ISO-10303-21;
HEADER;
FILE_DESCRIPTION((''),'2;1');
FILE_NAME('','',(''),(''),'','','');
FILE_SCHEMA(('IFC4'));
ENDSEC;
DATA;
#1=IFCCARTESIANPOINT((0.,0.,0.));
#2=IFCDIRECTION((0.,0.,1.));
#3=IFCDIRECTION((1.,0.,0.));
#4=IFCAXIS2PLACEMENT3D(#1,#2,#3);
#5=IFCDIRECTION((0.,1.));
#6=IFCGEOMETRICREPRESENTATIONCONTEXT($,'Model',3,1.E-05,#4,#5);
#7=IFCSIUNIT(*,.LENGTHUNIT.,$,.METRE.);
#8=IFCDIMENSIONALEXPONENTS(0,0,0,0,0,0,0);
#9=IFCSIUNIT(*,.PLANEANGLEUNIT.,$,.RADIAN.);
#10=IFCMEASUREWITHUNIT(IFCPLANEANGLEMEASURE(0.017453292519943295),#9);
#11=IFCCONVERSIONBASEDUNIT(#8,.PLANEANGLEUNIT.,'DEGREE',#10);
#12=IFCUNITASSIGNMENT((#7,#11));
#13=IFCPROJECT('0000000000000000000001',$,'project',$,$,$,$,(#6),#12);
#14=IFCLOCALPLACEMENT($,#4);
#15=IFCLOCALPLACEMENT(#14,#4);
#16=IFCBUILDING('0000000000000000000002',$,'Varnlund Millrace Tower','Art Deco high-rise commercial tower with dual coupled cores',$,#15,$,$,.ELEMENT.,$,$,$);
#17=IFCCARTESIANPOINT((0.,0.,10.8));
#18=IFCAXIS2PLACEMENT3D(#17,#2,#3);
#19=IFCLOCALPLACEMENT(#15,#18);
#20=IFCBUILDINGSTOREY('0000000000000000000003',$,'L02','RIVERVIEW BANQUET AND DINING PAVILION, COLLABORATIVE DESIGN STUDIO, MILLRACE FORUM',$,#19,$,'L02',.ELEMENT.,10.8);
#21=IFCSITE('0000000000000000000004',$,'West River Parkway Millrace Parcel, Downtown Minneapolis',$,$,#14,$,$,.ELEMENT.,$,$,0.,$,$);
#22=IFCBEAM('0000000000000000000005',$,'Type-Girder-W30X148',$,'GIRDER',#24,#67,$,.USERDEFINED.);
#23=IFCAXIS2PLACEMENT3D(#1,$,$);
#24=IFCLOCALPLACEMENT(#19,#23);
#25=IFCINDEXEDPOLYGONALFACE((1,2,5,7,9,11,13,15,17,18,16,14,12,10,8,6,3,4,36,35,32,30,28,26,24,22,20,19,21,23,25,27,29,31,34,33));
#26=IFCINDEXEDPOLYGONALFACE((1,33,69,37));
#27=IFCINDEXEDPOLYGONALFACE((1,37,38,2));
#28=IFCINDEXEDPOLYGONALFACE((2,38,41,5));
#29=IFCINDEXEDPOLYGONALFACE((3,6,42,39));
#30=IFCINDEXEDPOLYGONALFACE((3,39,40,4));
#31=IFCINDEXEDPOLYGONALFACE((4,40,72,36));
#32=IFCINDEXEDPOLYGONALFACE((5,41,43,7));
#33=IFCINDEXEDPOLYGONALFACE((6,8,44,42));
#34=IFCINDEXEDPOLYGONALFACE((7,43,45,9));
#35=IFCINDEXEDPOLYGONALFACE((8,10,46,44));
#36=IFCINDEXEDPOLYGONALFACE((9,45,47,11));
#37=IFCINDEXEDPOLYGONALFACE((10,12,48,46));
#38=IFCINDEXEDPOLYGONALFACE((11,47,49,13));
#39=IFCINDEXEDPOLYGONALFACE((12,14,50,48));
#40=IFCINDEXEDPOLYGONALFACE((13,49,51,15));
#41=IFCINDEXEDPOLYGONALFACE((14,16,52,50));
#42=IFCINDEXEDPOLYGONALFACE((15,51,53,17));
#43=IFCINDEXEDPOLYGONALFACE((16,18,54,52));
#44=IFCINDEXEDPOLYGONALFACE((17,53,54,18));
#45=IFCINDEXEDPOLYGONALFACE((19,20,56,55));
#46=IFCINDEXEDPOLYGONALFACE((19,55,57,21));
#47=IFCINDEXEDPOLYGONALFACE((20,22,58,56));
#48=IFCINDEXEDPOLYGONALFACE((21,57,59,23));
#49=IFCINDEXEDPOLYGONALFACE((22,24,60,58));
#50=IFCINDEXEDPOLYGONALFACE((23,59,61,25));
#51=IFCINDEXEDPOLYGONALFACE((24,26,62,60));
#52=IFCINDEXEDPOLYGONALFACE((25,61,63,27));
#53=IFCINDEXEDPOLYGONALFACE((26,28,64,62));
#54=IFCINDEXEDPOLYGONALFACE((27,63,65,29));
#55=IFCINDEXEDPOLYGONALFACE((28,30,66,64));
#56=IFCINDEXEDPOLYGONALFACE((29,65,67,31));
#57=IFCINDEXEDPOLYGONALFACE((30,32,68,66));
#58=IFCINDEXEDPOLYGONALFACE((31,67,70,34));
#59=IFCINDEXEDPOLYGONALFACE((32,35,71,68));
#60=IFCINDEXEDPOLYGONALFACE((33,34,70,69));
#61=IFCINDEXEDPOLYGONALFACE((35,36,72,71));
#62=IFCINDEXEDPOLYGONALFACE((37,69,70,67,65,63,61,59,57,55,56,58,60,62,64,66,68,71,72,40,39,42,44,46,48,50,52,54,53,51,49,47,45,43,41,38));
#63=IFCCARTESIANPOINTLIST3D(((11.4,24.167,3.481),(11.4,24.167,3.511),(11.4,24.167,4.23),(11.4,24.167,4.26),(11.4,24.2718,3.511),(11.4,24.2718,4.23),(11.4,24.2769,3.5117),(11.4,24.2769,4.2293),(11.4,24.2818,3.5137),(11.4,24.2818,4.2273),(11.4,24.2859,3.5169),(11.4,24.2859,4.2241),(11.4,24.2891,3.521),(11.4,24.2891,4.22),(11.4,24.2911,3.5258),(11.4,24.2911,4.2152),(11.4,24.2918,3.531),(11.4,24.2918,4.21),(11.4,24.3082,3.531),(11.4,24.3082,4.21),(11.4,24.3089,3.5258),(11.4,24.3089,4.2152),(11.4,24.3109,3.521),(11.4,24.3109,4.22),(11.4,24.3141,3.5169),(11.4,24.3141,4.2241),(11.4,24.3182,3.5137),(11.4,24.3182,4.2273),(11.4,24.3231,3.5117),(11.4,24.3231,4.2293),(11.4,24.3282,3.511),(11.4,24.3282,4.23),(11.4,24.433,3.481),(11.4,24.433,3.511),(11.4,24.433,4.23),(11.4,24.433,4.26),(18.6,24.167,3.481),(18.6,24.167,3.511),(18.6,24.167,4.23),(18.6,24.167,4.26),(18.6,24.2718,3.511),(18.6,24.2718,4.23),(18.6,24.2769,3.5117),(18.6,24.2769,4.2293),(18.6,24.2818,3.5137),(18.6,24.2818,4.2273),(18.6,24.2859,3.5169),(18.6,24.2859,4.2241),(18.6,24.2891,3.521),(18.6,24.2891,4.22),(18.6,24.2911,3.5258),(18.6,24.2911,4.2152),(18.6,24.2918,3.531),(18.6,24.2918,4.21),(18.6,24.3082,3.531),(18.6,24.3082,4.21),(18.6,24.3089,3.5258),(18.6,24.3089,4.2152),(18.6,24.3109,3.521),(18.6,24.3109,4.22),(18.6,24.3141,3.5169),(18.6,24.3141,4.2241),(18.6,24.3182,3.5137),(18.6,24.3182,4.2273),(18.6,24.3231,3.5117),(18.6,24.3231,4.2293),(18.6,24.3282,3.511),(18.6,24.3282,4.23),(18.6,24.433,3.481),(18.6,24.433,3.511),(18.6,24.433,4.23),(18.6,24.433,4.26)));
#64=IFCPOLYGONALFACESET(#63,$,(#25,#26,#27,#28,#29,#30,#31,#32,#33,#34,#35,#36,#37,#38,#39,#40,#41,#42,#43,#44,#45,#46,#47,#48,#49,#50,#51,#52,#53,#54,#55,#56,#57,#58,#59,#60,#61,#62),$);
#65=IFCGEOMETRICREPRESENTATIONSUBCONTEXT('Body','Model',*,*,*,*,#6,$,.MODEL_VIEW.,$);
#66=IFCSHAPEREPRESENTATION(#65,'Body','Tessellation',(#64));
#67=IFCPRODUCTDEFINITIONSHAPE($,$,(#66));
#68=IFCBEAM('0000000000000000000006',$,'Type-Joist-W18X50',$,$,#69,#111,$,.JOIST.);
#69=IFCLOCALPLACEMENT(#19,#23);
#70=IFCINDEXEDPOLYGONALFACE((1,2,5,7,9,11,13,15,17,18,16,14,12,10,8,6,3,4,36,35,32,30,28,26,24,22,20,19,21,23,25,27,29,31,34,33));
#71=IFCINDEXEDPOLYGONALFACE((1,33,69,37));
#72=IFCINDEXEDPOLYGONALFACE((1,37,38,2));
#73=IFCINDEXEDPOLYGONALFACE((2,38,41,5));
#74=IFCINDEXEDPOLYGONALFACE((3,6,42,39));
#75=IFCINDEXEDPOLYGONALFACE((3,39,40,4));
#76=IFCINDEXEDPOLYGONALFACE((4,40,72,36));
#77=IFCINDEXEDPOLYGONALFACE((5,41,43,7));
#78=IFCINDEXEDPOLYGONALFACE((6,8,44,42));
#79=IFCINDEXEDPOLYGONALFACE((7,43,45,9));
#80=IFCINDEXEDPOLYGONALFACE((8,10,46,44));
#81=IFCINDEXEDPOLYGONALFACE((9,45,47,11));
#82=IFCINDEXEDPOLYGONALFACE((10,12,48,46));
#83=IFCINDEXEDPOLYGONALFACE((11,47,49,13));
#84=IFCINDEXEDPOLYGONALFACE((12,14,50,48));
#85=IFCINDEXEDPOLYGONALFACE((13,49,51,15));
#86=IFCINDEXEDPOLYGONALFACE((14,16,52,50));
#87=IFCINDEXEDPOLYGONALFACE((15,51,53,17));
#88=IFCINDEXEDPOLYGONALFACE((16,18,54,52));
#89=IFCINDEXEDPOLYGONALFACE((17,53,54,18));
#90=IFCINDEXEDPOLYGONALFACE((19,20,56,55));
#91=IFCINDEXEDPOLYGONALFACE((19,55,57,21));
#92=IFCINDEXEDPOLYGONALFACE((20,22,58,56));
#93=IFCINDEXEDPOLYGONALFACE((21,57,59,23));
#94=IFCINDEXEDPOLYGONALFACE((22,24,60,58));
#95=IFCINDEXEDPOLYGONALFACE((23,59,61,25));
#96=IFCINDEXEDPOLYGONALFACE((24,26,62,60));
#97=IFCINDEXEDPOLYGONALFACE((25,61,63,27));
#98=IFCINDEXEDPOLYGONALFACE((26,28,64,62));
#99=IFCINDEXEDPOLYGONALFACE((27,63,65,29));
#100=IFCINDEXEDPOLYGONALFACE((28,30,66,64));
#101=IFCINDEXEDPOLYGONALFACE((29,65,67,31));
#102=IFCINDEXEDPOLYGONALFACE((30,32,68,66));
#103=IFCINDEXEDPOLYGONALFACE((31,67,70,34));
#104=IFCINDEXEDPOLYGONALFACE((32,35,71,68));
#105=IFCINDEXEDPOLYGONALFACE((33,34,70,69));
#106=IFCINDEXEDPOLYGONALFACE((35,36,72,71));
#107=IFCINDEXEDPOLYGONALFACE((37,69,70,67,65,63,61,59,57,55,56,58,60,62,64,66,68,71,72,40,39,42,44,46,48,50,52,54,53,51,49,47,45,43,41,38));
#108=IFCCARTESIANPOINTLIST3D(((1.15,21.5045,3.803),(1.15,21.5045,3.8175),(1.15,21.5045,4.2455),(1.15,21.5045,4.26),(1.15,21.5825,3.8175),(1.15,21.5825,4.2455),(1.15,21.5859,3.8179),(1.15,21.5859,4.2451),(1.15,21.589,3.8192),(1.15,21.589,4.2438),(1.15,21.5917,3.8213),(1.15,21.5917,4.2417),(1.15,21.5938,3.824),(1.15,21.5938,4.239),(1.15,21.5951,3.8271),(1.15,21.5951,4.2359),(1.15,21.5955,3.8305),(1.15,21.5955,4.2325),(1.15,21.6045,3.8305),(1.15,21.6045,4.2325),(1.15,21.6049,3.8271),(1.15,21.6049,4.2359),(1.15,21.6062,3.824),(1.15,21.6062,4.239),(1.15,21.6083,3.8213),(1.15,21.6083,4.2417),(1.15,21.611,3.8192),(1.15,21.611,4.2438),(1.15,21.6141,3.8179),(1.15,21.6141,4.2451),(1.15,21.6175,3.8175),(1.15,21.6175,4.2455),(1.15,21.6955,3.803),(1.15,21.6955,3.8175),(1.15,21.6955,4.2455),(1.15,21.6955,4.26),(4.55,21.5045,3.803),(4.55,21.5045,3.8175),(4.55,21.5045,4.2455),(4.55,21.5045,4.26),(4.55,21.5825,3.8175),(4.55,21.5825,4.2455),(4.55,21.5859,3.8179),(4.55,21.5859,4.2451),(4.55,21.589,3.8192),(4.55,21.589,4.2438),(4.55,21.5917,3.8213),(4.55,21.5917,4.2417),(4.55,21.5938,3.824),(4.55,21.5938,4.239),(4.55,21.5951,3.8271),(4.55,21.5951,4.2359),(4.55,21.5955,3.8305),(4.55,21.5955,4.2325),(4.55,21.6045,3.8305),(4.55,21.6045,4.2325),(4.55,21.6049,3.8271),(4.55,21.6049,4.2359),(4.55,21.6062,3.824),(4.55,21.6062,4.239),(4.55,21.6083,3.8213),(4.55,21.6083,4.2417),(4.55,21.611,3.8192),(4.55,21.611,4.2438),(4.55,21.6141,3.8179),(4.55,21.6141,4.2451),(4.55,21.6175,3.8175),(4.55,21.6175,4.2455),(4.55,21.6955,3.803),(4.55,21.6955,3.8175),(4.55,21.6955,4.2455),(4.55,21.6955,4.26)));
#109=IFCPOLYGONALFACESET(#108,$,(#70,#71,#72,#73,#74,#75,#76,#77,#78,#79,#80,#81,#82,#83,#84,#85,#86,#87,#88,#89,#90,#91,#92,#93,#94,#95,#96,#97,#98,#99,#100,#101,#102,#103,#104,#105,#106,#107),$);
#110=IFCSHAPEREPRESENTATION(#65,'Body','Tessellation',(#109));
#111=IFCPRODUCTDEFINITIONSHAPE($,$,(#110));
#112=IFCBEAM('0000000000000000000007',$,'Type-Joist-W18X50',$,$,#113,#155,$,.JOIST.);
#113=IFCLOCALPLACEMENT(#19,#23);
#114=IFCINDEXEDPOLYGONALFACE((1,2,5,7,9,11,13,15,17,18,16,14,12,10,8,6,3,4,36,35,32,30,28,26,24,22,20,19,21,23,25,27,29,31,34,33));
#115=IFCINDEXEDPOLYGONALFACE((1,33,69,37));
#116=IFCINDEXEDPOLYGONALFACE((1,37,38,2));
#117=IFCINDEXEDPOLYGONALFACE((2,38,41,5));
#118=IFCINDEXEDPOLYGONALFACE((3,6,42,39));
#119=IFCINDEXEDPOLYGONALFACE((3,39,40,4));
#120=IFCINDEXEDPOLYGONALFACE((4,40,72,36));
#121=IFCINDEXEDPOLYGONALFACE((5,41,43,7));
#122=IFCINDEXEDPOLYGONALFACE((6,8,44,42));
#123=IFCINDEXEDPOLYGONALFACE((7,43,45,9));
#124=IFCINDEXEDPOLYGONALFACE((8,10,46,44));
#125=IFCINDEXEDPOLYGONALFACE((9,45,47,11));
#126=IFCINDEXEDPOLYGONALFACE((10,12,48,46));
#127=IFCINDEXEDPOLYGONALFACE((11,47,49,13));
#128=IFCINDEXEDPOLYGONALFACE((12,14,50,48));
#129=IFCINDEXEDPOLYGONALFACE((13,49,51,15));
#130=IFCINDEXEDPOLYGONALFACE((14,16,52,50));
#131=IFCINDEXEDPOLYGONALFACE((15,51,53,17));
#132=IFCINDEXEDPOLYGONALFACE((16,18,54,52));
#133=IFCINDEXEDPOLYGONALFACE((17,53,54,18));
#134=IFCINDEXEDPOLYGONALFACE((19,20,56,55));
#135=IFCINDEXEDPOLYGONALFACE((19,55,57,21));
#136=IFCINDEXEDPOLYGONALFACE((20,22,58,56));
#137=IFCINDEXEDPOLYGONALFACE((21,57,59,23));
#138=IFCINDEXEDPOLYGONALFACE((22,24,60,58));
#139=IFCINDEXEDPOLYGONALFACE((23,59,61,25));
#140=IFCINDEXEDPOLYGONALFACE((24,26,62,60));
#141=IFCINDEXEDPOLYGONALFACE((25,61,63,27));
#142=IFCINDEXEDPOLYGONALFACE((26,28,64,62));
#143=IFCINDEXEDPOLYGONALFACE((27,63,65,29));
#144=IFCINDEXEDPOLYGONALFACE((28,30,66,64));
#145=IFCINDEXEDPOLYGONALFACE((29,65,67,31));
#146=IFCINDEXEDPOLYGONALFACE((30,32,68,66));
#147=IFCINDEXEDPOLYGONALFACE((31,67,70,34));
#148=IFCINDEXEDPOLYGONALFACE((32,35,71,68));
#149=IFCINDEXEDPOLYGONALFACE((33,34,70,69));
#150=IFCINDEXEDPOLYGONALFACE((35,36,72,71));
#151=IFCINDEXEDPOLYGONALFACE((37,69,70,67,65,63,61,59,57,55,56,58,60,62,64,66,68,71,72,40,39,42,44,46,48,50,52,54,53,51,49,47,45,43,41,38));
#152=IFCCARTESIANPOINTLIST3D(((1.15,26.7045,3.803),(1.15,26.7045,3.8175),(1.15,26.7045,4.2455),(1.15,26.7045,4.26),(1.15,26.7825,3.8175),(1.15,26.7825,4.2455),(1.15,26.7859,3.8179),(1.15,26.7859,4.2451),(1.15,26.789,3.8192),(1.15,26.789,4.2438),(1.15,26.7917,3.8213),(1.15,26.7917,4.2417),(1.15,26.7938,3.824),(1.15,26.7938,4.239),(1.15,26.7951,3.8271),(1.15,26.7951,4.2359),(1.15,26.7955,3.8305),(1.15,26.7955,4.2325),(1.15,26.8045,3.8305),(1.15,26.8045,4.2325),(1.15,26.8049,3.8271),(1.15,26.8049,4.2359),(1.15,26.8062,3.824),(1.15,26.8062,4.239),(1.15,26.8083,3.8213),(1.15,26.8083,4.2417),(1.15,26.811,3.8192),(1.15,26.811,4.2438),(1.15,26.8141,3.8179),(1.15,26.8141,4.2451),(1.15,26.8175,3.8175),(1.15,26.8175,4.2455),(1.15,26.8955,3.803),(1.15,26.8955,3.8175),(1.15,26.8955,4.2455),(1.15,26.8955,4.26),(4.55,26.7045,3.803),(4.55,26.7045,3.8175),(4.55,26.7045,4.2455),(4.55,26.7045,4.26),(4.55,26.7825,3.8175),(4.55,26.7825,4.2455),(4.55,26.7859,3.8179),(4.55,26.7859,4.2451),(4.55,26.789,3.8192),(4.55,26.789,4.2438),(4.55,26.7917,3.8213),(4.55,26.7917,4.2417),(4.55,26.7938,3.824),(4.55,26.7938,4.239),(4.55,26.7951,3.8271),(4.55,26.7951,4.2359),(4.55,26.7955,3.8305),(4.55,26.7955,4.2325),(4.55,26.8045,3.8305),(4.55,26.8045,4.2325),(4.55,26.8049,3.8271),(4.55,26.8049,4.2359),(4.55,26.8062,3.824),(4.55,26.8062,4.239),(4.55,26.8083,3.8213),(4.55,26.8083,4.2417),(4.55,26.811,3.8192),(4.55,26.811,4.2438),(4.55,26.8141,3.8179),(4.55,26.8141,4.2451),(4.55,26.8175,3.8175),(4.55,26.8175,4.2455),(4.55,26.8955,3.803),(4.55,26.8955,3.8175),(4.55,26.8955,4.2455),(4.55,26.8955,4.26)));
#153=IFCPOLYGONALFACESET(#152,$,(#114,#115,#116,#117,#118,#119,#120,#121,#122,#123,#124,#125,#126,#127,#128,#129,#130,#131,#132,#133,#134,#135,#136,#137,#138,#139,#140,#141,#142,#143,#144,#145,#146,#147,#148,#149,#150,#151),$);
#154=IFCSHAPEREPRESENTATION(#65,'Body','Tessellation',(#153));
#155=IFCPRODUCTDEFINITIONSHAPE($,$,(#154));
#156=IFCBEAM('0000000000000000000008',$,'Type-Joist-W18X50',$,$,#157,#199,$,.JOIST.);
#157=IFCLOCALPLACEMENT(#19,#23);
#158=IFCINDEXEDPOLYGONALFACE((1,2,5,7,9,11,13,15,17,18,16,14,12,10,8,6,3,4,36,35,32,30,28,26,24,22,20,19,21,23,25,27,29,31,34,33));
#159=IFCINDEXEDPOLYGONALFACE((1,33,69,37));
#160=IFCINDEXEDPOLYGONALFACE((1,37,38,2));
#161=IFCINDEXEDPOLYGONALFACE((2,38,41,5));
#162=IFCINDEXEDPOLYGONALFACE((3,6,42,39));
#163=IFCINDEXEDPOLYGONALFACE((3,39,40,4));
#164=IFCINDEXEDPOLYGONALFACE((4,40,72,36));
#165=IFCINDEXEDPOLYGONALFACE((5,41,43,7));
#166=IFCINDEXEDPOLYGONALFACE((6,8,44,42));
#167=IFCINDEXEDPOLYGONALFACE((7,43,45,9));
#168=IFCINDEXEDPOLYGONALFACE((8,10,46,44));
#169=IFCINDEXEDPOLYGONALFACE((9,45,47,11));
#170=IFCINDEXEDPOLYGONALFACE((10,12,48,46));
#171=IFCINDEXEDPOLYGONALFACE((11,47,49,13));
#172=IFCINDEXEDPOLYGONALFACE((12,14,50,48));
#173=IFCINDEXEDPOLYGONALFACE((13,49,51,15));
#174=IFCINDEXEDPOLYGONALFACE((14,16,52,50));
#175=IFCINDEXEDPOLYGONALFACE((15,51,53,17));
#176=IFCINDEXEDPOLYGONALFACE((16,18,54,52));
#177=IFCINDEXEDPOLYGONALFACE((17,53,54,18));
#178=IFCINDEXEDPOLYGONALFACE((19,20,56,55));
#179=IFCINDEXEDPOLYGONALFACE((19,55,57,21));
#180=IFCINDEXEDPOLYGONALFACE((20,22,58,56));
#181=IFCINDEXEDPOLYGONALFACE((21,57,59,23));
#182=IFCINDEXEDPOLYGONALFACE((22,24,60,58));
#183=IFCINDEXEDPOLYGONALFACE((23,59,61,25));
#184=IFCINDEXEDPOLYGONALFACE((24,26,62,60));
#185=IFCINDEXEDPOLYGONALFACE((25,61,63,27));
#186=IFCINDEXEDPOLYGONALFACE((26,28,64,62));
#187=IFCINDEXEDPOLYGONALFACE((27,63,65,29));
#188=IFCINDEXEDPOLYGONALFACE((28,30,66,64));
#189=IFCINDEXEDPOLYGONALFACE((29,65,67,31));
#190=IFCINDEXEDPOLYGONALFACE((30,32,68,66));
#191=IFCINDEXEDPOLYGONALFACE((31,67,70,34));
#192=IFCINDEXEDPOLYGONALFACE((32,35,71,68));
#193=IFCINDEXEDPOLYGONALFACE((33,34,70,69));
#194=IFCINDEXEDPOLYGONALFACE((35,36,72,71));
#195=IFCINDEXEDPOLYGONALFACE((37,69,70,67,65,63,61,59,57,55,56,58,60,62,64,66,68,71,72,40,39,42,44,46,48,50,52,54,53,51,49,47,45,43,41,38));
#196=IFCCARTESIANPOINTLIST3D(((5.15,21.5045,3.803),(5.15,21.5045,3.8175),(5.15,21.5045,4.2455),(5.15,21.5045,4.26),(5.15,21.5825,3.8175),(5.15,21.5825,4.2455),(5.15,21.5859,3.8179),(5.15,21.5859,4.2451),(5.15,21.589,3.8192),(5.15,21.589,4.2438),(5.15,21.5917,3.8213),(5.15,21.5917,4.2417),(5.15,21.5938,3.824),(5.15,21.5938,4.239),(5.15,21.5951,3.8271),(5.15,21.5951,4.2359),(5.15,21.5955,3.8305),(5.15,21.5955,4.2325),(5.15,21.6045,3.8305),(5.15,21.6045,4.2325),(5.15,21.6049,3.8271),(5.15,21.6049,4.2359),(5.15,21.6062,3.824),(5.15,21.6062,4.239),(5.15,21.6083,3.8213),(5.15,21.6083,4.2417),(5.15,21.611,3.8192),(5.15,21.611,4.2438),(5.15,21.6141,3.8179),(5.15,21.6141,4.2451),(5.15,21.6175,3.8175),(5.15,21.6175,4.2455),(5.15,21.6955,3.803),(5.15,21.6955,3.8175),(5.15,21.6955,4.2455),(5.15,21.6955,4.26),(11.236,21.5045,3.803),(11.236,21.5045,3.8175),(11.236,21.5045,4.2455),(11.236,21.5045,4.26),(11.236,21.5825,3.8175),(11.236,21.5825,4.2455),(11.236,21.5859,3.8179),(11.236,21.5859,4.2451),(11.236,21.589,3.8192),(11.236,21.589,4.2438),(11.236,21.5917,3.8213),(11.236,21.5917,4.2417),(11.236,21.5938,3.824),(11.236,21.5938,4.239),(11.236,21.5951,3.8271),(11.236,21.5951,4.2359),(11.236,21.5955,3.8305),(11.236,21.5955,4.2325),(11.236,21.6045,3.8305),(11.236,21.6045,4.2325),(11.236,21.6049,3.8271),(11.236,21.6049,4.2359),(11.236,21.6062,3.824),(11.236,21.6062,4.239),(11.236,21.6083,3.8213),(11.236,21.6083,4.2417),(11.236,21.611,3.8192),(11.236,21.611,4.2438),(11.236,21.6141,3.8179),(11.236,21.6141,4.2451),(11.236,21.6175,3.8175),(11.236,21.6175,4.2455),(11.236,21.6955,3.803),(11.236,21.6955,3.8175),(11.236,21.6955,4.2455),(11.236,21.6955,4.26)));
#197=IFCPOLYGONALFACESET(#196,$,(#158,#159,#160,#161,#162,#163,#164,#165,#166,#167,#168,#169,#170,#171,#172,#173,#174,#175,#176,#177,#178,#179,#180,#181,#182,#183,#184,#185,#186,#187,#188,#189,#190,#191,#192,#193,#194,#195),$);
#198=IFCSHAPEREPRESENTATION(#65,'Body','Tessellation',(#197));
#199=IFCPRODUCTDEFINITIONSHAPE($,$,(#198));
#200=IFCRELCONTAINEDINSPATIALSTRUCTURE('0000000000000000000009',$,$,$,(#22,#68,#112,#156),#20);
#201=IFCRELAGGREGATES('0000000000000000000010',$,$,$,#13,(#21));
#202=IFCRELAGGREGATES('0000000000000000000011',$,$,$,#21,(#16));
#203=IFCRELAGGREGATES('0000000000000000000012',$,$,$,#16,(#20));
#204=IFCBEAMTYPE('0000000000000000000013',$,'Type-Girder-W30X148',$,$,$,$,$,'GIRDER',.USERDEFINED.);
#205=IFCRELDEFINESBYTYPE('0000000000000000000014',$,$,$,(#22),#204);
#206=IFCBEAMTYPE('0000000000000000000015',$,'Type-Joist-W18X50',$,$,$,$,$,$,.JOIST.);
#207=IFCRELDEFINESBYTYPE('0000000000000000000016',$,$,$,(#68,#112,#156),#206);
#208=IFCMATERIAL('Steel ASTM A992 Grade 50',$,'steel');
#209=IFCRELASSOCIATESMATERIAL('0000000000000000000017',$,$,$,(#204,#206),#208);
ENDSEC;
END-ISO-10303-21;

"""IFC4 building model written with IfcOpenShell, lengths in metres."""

from ifc_helpers import new_model, entity, si_unit, converted_unit, direction, frame, origin_with_axes, origin_2d_with_axis, place, context, subcontext, project, spatial, i_section, extrude, material, material_profile, profile_set, type_object, element, save


model = new_model("IFC4")

# Units and contexts
model_context = context("Model", 3, precision=1e-05, world=origin_with_axes(), true_north=direction((0.0, 1.0)))
body_context = subcontext(model_context, "Body", "Model", "MODEL_VIEW")
ifc_project = project(units=[si_unit("LENGTHUNIT", "METRE"), converted_unit("PLANEANGLEUNIT", "DEGREE", entity("IfcPlaneAngleMeasure", 0.017453292519943295), si_unit("PLANEANGLEUNIT", "RADIAN"), dimensions=[0, 0, 0, 0, 0, 0, 0])], contexts=[model_context])

# Site, building, storey
site_placement = place(None, origin_with_axes())
site = spatial("IfcSite", under=ifc_project, at=site_placement, Name="West River Parkway Millrace Parcel, Downtown Minneapolis", CompositionType="ELEMENT", RefElevation=0.0)
building_placement = place(site_placement, origin_with_axes())
building = spatial("IfcBuilding", under=site, at=building_placement, Name="Varnlund Millrace Tower", Description="Art Deco high-rise commercial tower with dual coupled cores", CompositionType="ELEMENT")
storey_placement = place(building_placement, frame((0.0, 0.0, 10.8), z_axis=(0.0, 0.0, 1.0), x_axis=(1.0, 0.0, 0.0)))
storey = spatial("IfcBuildingStorey", under=building, at=storey_placement, Name="L02", Description="RIVERVIEW BANQUET AND DINING PAVILION, COLLABORATIVE DESIGN STUDIO, MILLRACE FORUM", LongName="L02", CompositionType="ELEMENT", Elevation=10.8)

# Beams
ifc_material_1 = material(Name="Steel ASTM A992 Grade 50", Category="steel")
ifc_material_profile_1 = material_profile(ifc_material_1, i_section(OverallWidth=0.266, OverallDepth=0.779, WebThickness=0.0165, FlangeThickness=0.03, FilletRadius=0.02, at=origin_2d_with_axis()), Name="Steel ASTM A992 Grade 50")
ifc_profile_set_1 = profile_set([ifc_material_profile_1], Name="Steel ASTM A992 Grade 50")
beam_type_1 = type_object("IfcBeamType", Name="Type-Girder-W30X148", ElementType="GIRDER", PredefinedType="USERDEFINED", material=ifc_profile_set_1)
beam_1_placement = place(storey_placement, frame((11.4, 24.3, 3.8705), z_axis=(1.0, 0.0, 0.0), x_axis=(0.0, 1.0, 0.0)))
element("IfcBeam", 1, at=beam_1_placement, inside=storey, type_object=beam_type_1, Name="Type-Girder-W30X148", ObjectType="GIRDER", PredefinedType="USERDEFINED", context=body_context, shape_type="SweptSolid", body=[
    extrude(i_section(OverallWidth=0.266, OverallDepth=0.779, WebThickness=0.0165, FlangeThickness=0.03, FilletRadius=0.02, at=origin_2d_with_axis()), origin_with_axes(), (0.0, 0.0, 1.0), 7.2),
])
ifc_material_profile_2 = material_profile(ifc_material_1, i_section(OverallWidth=0.191, OverallDepth=0.457, WebThickness=0.009, FlangeThickness=0.0145, FilletRadius=0.013, at=origin_2d_with_axis()), Name="Steel ASTM A992 Grade 50")
ifc_profile_set_2 = profile_set([ifc_material_profile_2], Name="Steel ASTM A992 Grade 50")
beam_type_2 = type_object("IfcBeamType", Name="Type-Joist-W18X50", PredefinedType="JOIST", material=ifc_profile_set_2)
for number, where, z_axis, x_axis, name in (
    (2, (1.15, 21.6, 4.0315), (1.0, 0.0, 0.0), (0.0, 1.0, 0.0), "Type-Joist-W18X50"),
    (3, (1.15, 26.8, 4.0315), (1.0, 0.0, 0.0), (0.0, 1.0, 0.0), "Type-Joist-W18X50"),
):
    element("IfcBeam", number, at=place(storey_placement, frame(where, z_axis=z_axis, x_axis=x_axis)), inside=storey, type_object=beam_type_2, Name=name, PredefinedType="JOIST", context=body_context, shape_type="SweptSolid", body=[
        extrude(i_section(OverallWidth=0.191, OverallDepth=0.457, WebThickness=0.009, FlangeThickness=0.0145, FilletRadius=0.013, at=origin_2d_with_axis()), origin_with_axes(), (0.0, 0.0, 1.0), 3.4),
    ])
for number, where, z_axis, x_axis, name in (
    (4, (5.15, 21.6, 4.0315), (1.0, 0.0, 0.0), (0.0, 1.0, 0.0), "Type-Joist-W18X50"),
):
    element("IfcBeam", number, at=place(storey_placement, frame(where, z_axis=z_axis, x_axis=x_axis)), inside=storey, type_object=beam_type_2, Name=name, PredefinedType="JOIST", context=body_context, shape_type="SweptSolid", body=[
        extrude(i_section(OverallWidth=0.191, OverallDepth=0.457, WebThickness=0.009, FlangeThickness=0.0145, FilletRadius=0.013, at=origin_2d_with_axis()), origin_with_axes(), (0.0, 0.0, 1.0), 6.086),
    ])

save(model, "model.ifc")
